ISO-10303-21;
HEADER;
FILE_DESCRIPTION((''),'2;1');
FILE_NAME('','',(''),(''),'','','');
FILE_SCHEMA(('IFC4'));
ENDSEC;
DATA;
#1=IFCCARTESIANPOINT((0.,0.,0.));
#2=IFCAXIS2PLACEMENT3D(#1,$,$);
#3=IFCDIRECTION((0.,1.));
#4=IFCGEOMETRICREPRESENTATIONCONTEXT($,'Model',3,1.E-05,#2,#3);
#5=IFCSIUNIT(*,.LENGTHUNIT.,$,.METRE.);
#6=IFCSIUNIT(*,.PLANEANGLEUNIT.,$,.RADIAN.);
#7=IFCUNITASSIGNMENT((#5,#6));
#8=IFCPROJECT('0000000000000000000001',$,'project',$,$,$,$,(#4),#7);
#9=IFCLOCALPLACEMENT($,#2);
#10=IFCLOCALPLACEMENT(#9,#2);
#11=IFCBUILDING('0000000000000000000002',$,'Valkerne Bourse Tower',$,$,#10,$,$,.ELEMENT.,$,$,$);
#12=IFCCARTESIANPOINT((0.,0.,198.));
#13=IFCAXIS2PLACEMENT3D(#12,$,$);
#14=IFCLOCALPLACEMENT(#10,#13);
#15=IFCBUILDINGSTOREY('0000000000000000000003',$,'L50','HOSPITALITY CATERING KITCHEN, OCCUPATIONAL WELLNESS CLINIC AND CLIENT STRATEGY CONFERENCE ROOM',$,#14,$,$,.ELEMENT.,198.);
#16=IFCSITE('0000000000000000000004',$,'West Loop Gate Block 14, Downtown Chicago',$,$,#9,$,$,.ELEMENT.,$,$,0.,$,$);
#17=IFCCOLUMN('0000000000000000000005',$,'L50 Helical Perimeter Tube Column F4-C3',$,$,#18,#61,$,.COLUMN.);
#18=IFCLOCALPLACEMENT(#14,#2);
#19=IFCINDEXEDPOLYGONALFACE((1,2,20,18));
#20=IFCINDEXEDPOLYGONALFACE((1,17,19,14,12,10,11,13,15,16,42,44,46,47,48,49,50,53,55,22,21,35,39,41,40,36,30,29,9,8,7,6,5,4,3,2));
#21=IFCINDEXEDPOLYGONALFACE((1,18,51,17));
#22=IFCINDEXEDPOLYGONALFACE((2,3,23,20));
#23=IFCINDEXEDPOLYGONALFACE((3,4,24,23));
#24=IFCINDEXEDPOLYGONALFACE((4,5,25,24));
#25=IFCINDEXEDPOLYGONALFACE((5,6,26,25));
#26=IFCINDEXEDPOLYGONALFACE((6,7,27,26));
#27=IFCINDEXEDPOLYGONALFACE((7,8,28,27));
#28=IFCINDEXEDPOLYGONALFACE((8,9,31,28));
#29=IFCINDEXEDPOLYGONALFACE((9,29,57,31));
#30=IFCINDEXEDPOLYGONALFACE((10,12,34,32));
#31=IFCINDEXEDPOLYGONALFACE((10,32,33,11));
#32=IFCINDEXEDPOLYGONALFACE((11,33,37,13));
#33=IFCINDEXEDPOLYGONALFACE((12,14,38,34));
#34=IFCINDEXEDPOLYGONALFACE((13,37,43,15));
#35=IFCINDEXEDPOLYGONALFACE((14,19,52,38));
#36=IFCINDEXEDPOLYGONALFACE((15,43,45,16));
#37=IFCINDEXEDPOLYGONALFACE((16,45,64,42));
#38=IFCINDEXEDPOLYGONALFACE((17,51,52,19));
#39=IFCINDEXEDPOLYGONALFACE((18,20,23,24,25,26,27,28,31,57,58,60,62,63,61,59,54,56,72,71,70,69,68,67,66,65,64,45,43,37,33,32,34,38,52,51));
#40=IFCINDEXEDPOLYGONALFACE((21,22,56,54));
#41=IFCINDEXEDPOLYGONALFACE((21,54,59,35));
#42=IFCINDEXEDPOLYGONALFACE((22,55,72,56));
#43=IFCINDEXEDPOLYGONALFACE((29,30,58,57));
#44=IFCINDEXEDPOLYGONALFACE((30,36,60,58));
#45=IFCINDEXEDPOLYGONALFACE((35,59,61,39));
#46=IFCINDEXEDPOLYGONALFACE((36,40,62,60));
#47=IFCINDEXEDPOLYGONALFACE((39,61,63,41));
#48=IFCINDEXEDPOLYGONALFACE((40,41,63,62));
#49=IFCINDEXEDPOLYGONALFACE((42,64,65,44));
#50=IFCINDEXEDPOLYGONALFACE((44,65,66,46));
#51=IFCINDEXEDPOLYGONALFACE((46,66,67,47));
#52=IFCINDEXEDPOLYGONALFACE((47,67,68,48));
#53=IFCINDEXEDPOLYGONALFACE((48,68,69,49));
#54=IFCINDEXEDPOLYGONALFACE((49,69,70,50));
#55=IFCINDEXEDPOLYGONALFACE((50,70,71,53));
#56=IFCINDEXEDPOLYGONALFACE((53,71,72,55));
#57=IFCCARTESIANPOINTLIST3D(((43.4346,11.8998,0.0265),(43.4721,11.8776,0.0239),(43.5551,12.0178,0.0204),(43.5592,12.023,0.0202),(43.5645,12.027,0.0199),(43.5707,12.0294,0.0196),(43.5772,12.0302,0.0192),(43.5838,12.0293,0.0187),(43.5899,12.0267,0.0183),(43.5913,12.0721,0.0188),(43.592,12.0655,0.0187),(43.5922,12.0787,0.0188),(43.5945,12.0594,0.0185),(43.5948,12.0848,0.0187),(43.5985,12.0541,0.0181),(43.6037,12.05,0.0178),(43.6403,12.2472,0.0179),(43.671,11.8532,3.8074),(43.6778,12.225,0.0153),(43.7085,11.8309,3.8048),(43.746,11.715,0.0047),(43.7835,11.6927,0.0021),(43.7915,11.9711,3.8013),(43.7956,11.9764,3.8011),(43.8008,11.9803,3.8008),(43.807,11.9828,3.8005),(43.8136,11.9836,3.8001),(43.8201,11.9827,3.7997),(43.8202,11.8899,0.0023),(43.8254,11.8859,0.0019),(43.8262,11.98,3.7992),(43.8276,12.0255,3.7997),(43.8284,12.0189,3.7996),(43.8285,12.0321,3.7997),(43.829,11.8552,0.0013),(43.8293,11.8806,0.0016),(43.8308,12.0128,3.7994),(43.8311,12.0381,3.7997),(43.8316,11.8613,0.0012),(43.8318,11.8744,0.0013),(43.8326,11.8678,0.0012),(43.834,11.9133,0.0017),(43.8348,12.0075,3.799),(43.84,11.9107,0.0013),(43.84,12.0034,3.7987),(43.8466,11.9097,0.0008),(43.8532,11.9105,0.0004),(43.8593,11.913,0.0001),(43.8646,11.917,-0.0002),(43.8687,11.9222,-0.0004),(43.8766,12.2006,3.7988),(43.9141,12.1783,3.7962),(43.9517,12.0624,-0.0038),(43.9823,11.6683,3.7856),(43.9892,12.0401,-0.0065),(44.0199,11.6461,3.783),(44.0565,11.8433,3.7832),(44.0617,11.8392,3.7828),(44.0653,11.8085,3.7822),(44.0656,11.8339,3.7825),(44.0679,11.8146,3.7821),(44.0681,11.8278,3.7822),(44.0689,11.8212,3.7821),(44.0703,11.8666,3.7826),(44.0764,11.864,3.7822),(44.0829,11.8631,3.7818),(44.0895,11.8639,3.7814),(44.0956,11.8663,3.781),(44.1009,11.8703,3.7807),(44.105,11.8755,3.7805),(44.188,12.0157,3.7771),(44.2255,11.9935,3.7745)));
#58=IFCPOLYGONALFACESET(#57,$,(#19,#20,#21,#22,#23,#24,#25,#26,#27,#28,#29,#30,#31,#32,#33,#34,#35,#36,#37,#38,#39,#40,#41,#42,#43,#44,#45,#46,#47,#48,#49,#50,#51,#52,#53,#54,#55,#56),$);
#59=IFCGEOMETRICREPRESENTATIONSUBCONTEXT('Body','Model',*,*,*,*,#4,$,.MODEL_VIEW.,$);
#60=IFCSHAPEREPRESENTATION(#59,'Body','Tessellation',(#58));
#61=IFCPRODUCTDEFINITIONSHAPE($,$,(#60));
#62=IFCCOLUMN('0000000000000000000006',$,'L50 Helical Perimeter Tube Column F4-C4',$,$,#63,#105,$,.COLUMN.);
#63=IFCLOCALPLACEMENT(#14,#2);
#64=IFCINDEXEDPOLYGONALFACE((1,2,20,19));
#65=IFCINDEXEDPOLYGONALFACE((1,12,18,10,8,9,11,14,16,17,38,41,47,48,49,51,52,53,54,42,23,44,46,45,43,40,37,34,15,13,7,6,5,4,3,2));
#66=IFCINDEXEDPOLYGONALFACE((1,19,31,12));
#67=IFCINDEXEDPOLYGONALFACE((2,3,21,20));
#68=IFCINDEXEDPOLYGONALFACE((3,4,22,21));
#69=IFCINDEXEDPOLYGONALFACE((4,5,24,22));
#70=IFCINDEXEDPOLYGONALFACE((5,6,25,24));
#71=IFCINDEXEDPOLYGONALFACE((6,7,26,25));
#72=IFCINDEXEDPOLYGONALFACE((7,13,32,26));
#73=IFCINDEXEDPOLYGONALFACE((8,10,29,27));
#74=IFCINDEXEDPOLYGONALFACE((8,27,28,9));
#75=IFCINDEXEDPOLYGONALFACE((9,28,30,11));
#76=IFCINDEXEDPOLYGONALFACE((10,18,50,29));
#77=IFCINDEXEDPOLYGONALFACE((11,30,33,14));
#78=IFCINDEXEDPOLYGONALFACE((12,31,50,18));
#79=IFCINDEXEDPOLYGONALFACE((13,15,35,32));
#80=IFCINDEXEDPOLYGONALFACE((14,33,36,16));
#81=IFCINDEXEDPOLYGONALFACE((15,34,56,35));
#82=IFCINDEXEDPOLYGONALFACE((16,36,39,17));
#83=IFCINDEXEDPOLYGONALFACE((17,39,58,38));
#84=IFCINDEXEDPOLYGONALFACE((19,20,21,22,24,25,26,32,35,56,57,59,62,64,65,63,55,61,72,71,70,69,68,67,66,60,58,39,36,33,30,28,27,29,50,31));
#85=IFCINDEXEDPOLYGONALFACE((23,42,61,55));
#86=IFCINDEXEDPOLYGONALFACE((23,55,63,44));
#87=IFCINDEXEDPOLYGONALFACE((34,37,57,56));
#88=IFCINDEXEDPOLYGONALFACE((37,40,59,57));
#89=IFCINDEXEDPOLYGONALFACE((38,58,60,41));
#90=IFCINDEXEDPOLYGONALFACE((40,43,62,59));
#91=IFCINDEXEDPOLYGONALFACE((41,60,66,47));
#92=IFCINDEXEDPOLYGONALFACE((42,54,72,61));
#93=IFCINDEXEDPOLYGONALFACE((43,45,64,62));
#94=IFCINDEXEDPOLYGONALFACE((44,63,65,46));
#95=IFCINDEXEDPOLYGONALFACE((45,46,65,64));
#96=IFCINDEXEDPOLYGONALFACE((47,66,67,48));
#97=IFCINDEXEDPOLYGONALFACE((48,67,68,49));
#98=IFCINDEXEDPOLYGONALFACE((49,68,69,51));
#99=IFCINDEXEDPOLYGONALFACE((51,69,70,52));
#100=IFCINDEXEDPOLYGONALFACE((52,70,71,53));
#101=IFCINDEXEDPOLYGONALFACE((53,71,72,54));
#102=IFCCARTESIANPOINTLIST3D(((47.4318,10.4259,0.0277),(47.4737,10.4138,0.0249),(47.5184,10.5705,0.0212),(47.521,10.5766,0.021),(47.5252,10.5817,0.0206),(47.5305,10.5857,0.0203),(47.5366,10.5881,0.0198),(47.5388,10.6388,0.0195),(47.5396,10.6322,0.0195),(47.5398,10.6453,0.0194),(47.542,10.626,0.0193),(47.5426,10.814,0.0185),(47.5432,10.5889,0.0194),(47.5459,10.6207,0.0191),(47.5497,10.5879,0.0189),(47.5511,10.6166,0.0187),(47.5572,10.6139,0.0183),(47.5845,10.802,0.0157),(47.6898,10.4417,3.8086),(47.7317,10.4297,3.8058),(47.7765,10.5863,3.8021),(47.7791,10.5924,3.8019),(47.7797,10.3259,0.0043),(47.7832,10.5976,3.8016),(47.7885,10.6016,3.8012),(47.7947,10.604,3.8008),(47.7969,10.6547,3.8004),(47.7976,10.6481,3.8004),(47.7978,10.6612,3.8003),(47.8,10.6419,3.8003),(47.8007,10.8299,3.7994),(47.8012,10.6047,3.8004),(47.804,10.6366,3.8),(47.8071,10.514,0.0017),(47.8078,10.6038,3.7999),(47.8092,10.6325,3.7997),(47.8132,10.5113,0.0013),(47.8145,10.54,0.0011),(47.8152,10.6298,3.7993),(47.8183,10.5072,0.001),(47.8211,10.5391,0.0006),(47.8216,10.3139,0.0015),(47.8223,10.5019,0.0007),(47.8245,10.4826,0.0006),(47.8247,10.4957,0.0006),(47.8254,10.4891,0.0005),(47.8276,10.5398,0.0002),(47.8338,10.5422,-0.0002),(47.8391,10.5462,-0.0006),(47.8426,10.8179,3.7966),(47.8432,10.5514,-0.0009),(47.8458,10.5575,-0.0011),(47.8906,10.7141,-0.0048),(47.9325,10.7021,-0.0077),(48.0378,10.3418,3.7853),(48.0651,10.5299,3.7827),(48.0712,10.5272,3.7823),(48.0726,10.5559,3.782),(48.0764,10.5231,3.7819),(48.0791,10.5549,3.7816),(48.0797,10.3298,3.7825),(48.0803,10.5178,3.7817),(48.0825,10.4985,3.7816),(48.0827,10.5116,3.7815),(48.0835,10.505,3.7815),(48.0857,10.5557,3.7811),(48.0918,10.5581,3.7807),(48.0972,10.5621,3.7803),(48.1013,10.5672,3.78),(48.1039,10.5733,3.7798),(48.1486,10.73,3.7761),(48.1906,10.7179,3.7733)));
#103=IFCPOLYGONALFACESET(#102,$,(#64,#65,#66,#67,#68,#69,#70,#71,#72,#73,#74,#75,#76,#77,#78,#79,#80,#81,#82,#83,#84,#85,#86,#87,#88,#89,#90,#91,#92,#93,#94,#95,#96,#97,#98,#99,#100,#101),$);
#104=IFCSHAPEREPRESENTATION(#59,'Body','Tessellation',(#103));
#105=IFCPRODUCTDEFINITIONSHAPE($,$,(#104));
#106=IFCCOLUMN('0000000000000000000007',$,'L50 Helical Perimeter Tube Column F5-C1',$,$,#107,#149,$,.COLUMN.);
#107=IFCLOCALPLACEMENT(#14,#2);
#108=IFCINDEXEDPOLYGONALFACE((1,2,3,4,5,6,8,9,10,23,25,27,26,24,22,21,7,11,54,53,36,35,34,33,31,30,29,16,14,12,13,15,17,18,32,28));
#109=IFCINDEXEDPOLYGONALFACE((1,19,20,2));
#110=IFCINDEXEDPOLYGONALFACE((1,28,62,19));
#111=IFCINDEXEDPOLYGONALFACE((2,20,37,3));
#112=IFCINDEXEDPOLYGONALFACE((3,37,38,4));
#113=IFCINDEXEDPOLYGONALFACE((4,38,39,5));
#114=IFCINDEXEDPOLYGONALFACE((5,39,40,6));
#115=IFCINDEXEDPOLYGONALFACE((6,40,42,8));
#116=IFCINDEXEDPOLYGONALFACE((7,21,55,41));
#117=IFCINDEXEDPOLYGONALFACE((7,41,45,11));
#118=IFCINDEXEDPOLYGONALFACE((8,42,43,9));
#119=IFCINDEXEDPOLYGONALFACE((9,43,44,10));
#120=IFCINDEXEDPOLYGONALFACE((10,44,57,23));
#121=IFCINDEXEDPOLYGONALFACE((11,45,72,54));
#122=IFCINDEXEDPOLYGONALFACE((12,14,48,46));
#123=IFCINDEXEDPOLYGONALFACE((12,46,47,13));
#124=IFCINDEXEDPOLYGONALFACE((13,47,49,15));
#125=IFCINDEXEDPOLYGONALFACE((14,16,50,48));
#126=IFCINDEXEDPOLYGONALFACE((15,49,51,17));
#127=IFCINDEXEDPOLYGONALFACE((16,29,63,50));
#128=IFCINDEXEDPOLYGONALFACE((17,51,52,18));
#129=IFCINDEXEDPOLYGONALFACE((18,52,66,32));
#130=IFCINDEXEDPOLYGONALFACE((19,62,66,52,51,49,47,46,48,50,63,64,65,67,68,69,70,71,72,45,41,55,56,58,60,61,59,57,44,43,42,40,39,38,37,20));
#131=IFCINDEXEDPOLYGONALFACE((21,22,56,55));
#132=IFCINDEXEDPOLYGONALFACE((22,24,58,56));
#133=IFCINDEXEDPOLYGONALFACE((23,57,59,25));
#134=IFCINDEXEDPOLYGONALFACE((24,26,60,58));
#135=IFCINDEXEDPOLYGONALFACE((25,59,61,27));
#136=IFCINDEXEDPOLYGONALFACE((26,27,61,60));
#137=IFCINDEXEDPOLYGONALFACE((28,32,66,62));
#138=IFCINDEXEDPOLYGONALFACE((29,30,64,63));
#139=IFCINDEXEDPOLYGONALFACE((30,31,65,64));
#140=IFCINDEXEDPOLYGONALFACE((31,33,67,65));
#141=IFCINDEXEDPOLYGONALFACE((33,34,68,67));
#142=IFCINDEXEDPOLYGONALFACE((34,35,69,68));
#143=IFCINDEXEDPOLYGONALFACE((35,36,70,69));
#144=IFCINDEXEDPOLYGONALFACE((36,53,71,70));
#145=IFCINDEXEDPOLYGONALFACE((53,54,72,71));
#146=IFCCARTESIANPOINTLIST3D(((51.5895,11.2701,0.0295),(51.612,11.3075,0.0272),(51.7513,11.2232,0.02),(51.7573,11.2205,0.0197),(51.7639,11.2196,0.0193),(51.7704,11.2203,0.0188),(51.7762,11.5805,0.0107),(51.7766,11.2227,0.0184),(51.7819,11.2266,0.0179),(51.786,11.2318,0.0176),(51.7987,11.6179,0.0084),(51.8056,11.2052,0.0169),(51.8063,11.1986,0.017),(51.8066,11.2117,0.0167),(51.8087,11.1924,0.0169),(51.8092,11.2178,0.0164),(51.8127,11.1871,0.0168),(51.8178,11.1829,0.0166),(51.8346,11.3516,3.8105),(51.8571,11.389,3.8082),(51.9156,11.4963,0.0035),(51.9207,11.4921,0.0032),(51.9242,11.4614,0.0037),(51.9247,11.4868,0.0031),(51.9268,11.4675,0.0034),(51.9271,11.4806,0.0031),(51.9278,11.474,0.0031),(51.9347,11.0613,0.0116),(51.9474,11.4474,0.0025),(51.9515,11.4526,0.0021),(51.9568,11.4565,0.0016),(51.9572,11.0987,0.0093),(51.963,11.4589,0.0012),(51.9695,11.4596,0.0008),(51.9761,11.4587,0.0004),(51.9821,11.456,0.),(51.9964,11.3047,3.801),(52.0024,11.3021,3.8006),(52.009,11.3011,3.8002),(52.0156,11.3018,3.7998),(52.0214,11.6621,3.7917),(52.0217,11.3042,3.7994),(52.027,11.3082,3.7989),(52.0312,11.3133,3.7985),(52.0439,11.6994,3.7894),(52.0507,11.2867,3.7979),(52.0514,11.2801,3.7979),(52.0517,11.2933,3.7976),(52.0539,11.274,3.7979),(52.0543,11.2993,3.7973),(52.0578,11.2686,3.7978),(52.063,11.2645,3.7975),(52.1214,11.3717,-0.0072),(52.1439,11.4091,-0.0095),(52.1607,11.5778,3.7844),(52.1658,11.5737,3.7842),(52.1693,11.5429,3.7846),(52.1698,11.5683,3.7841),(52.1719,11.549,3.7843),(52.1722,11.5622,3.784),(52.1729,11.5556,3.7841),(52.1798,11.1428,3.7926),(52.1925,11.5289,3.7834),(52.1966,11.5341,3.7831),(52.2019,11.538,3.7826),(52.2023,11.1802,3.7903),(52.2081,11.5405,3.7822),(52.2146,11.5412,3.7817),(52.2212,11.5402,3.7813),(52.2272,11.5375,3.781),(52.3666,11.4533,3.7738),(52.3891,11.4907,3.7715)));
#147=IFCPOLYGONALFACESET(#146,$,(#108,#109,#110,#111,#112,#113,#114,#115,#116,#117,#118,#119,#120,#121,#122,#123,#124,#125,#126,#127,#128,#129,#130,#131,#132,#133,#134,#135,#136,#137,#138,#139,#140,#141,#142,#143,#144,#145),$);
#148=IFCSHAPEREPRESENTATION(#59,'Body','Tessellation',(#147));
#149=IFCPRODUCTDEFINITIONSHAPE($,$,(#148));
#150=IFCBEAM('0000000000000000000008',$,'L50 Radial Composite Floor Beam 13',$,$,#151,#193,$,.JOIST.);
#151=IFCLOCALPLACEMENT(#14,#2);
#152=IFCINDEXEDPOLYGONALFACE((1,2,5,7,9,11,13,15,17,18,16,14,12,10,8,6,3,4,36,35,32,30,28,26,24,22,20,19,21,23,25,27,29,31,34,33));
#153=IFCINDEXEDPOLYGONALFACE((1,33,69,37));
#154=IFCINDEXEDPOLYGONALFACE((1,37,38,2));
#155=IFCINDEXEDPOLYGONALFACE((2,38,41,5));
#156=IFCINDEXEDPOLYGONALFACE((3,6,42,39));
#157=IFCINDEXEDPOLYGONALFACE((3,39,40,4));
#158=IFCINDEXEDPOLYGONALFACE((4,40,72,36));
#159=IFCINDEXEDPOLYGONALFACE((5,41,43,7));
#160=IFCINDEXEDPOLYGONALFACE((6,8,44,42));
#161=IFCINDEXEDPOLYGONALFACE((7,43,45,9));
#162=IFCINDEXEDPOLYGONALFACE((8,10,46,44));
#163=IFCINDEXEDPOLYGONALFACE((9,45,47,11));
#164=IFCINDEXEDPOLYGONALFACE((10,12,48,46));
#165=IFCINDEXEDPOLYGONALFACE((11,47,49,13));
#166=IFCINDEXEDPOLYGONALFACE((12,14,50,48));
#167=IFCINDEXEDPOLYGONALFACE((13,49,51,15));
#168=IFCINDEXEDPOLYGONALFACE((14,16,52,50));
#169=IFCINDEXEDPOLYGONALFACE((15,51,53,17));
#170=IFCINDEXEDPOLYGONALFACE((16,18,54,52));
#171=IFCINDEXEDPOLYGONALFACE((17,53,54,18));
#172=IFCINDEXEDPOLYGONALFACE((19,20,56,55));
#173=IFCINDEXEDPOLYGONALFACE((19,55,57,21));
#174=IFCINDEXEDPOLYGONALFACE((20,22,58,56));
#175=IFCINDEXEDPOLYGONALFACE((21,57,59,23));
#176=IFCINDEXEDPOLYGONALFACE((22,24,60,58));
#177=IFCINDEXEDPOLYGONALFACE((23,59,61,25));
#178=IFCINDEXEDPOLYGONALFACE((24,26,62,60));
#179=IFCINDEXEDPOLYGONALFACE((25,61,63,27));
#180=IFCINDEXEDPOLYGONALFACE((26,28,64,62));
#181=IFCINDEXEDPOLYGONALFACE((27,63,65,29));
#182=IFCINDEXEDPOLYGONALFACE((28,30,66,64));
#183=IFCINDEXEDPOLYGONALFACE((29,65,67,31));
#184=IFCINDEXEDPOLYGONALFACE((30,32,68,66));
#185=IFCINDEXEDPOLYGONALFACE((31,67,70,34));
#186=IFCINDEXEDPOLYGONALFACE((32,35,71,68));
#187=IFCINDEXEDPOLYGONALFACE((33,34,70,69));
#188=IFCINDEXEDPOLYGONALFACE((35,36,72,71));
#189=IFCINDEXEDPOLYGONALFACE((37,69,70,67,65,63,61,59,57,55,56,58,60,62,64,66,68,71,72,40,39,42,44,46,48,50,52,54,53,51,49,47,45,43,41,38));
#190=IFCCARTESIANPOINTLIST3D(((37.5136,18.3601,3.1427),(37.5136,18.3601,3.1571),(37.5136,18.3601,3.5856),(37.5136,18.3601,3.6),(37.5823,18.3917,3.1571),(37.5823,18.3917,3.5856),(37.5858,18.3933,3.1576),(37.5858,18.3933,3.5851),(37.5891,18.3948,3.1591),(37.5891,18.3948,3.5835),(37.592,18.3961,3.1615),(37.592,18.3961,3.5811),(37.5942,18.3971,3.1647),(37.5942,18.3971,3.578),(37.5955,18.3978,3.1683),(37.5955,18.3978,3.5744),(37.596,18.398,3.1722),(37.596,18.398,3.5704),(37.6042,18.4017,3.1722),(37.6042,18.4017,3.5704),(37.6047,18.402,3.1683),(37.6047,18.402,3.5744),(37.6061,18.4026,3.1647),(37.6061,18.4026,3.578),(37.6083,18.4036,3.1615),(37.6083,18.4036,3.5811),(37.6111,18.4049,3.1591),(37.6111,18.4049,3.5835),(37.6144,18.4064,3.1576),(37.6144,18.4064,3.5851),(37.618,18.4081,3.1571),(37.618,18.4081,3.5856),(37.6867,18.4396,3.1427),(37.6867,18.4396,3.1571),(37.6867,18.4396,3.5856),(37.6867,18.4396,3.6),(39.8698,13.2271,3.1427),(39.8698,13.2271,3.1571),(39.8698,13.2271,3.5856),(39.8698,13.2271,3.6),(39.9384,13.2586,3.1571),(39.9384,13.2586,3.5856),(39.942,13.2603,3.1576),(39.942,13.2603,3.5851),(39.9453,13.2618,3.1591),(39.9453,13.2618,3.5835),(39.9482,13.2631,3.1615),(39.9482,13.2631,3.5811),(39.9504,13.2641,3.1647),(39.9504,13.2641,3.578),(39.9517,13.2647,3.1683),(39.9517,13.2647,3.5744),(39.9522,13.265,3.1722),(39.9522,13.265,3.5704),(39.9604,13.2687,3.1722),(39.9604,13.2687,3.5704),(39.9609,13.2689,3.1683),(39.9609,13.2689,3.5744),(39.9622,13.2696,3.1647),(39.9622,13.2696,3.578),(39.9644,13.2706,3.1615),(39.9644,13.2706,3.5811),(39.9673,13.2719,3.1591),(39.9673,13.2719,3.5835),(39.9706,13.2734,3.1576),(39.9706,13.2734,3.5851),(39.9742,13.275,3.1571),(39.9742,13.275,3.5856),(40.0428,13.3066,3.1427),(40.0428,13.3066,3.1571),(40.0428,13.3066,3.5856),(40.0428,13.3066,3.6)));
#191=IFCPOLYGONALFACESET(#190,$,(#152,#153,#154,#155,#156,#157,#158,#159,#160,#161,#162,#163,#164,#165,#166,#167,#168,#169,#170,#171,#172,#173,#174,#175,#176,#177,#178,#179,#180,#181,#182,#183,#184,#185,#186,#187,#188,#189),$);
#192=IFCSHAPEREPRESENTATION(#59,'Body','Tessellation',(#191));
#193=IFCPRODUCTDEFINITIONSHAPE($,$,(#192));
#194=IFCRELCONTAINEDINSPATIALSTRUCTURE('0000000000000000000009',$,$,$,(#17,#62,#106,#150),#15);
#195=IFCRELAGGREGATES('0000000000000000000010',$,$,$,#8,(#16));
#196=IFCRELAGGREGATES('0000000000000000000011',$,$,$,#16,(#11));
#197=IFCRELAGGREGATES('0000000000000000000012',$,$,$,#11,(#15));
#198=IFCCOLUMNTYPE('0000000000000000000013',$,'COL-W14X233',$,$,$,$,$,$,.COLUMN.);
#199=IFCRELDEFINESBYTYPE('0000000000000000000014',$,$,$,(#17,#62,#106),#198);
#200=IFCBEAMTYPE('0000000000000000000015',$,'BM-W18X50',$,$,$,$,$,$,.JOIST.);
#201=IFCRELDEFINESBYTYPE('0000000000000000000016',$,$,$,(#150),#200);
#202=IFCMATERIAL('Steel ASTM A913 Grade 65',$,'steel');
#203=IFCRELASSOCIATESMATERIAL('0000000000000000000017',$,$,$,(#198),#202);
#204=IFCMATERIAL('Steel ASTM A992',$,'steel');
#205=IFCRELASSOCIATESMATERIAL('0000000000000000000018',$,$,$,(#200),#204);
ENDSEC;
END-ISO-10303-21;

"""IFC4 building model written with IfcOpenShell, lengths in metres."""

from ifc_helpers import new_model, si_unit, direction, frame, origin, origin_2d, place, context, subcontext, project, spatial, i_section, extrude, material, material_profile, profile_set, type_object, element, save


model = new_model("IFC4")

# Units and contexts
model_context = context("Model", 3, precision=1e-05, world=origin(), true_north=direction((0.0, 1.0)))
body_context = subcontext(model_context, "Body", "Model", "MODEL_VIEW")
ifc_project = project(units=[si_unit("LENGTHUNIT", "METRE"), si_unit("PLANEANGLEUNIT", "RADIAN")], contexts=[model_context])

# Site, building, storey
site_placement = place(None, origin())
site = spatial("IfcSite", under=ifc_project, at=site_placement, Name="West Loop Gate Block 14, Downtown Chicago", CompositionType="ELEMENT", RefElevation=0.0)
building_placement = place(site_placement, origin())
building = spatial("IfcBuilding", under=site, at=building_placement, Name="Valkerne Bourse Tower", CompositionType="ELEMENT")
storey_placement = place(building_placement, frame((0.0, 0.0, 198.0)))
storey = spatial("IfcBuildingStorey", under=building, at=storey_placement, Name="L50", Description="HOSPITALITY CATERING KITCHEN, OCCUPATIONAL WELLNESS CLINIC AND CLIENT STRATEGY CONFERENCE ROOM", CompositionType="ELEMENT", Elevation=198.0)

# Columns
ifc_material_1 = material(Name="Steel ASTM A913 Grade 65", Category="steel")
ifc_material_profile_1 = material_profile(ifc_material_1, i_section(OverallWidth=0.4038, OverallDepth=0.4065, WebThickness=0.0271, FlangeThickness=0.0437, FilletRadius=0.0254, at=origin_2d()), Name="W14X233")
ifc_profile_set_1 = profile_set([ifc_material_profile_1], Name="Steel ASTM A913 Grade 65")
column_type = type_object("IfcColumnType", Name="COL-W14X233", PredefinedType="COLUMN", material=ifc_profile_set_1)
column_placement = place(storey_placement, frame((43.7119, 11.97, 0.01), z_axis=(0.062378, -0.012308, 0.997977), x_axis=(0.509308, 0.860322, -0.021224)))
element("IfcColumn", 1, at=column_placement, inside=storey, type_object=column_type, Name="L50 Helical Perimeter Tube Column F4-C3", PredefinedType="COLUMN", context=body_context, shape_type="SweptSolid", body=[
    extrude(i_section(OverallWidth=0.4038, OverallDepth=0.4065, WebThickness=0.0271, FlangeThickness=0.0437, FilletRadius=0.0254, at=origin_2d()), origin(), (0.0, 0.0, 1.0), 3.7886),
])
for number, where, z_axis, x_axis, name in (
    (2, (47.6821, 10.564, 0.01), (0.068092, 0.004187, 0.99767), (0.274543, 0.961305, -0.022772), "L50 Helical Perimeter Tube Column F4-C4"),
    (3, (51.8667, 11.3396, 0.01), (0.064678, 0.021516, 0.997674), (-0.85484, 0.517, 0.044268), "L50 Helical Perimeter Tube Column F5-C1"),
):
    element("IfcColumn", number, at=place(storey_placement, frame(where, z_axis=z_axis, x_axis=x_axis)), inside=storey, type_object=column_type, Name=name, PredefinedType="COLUMN", context=body_context, shape_type="SweptSolid", body=[
        extrude(i_section(OverallWidth=0.4038, OverallDepth=0.4065, WebThickness=0.0271, FlangeThickness=0.0437, FilletRadius=0.0254, at=origin_2d()), origin(), (0.0, 0.0, 1.0), 3.7898),
    ])

# Beam
ifc_material_2 = material(Name="Steel ASTM A992", Category="steel")
ifc_material_profile_2 = material_profile(ifc_material_2, i_section(OverallWidth=0.1904, OverallDepth=0.4573, WebThickness=0.009, FlangeThickness=0.0144, FilletRadius=0.0151, at=origin_2d()), Name="W18X50")
ifc_profile_set_2 = profile_set([ifc_material_profile_2], Name="Steel ASTM A992")
beam_type_1 = type_object("IfcBeamType", Name="BM-W18X50", PredefinedType="JOIST", material=ifc_profile_set_2)
beam_1_placement = place(storey_placement, frame((39.9563, 13.2668, 3.3713), z_axis=(-0.417174, 0.908827, 0.0), x_axis=(-0.908827, -0.417174, 0.0)))
element("IfcBeam", 4, at=beam_1_placement, inside=storey, type_object=beam_type_1, Name="L50 Radial Composite Floor Beam 13", PredefinedType="JOIST", context=body_context, shape_type="SweptSolid", body=[
    extrude(i_section(OverallWidth=0.1904, OverallDepth=0.4573, WebThickness=0.009, FlangeThickness=0.0144, FilletRadius=0.0151, at=origin_2d()), origin(), (0.0, 0.0, 1.0), 5.6479),
])

save(model, "model.ifc")
